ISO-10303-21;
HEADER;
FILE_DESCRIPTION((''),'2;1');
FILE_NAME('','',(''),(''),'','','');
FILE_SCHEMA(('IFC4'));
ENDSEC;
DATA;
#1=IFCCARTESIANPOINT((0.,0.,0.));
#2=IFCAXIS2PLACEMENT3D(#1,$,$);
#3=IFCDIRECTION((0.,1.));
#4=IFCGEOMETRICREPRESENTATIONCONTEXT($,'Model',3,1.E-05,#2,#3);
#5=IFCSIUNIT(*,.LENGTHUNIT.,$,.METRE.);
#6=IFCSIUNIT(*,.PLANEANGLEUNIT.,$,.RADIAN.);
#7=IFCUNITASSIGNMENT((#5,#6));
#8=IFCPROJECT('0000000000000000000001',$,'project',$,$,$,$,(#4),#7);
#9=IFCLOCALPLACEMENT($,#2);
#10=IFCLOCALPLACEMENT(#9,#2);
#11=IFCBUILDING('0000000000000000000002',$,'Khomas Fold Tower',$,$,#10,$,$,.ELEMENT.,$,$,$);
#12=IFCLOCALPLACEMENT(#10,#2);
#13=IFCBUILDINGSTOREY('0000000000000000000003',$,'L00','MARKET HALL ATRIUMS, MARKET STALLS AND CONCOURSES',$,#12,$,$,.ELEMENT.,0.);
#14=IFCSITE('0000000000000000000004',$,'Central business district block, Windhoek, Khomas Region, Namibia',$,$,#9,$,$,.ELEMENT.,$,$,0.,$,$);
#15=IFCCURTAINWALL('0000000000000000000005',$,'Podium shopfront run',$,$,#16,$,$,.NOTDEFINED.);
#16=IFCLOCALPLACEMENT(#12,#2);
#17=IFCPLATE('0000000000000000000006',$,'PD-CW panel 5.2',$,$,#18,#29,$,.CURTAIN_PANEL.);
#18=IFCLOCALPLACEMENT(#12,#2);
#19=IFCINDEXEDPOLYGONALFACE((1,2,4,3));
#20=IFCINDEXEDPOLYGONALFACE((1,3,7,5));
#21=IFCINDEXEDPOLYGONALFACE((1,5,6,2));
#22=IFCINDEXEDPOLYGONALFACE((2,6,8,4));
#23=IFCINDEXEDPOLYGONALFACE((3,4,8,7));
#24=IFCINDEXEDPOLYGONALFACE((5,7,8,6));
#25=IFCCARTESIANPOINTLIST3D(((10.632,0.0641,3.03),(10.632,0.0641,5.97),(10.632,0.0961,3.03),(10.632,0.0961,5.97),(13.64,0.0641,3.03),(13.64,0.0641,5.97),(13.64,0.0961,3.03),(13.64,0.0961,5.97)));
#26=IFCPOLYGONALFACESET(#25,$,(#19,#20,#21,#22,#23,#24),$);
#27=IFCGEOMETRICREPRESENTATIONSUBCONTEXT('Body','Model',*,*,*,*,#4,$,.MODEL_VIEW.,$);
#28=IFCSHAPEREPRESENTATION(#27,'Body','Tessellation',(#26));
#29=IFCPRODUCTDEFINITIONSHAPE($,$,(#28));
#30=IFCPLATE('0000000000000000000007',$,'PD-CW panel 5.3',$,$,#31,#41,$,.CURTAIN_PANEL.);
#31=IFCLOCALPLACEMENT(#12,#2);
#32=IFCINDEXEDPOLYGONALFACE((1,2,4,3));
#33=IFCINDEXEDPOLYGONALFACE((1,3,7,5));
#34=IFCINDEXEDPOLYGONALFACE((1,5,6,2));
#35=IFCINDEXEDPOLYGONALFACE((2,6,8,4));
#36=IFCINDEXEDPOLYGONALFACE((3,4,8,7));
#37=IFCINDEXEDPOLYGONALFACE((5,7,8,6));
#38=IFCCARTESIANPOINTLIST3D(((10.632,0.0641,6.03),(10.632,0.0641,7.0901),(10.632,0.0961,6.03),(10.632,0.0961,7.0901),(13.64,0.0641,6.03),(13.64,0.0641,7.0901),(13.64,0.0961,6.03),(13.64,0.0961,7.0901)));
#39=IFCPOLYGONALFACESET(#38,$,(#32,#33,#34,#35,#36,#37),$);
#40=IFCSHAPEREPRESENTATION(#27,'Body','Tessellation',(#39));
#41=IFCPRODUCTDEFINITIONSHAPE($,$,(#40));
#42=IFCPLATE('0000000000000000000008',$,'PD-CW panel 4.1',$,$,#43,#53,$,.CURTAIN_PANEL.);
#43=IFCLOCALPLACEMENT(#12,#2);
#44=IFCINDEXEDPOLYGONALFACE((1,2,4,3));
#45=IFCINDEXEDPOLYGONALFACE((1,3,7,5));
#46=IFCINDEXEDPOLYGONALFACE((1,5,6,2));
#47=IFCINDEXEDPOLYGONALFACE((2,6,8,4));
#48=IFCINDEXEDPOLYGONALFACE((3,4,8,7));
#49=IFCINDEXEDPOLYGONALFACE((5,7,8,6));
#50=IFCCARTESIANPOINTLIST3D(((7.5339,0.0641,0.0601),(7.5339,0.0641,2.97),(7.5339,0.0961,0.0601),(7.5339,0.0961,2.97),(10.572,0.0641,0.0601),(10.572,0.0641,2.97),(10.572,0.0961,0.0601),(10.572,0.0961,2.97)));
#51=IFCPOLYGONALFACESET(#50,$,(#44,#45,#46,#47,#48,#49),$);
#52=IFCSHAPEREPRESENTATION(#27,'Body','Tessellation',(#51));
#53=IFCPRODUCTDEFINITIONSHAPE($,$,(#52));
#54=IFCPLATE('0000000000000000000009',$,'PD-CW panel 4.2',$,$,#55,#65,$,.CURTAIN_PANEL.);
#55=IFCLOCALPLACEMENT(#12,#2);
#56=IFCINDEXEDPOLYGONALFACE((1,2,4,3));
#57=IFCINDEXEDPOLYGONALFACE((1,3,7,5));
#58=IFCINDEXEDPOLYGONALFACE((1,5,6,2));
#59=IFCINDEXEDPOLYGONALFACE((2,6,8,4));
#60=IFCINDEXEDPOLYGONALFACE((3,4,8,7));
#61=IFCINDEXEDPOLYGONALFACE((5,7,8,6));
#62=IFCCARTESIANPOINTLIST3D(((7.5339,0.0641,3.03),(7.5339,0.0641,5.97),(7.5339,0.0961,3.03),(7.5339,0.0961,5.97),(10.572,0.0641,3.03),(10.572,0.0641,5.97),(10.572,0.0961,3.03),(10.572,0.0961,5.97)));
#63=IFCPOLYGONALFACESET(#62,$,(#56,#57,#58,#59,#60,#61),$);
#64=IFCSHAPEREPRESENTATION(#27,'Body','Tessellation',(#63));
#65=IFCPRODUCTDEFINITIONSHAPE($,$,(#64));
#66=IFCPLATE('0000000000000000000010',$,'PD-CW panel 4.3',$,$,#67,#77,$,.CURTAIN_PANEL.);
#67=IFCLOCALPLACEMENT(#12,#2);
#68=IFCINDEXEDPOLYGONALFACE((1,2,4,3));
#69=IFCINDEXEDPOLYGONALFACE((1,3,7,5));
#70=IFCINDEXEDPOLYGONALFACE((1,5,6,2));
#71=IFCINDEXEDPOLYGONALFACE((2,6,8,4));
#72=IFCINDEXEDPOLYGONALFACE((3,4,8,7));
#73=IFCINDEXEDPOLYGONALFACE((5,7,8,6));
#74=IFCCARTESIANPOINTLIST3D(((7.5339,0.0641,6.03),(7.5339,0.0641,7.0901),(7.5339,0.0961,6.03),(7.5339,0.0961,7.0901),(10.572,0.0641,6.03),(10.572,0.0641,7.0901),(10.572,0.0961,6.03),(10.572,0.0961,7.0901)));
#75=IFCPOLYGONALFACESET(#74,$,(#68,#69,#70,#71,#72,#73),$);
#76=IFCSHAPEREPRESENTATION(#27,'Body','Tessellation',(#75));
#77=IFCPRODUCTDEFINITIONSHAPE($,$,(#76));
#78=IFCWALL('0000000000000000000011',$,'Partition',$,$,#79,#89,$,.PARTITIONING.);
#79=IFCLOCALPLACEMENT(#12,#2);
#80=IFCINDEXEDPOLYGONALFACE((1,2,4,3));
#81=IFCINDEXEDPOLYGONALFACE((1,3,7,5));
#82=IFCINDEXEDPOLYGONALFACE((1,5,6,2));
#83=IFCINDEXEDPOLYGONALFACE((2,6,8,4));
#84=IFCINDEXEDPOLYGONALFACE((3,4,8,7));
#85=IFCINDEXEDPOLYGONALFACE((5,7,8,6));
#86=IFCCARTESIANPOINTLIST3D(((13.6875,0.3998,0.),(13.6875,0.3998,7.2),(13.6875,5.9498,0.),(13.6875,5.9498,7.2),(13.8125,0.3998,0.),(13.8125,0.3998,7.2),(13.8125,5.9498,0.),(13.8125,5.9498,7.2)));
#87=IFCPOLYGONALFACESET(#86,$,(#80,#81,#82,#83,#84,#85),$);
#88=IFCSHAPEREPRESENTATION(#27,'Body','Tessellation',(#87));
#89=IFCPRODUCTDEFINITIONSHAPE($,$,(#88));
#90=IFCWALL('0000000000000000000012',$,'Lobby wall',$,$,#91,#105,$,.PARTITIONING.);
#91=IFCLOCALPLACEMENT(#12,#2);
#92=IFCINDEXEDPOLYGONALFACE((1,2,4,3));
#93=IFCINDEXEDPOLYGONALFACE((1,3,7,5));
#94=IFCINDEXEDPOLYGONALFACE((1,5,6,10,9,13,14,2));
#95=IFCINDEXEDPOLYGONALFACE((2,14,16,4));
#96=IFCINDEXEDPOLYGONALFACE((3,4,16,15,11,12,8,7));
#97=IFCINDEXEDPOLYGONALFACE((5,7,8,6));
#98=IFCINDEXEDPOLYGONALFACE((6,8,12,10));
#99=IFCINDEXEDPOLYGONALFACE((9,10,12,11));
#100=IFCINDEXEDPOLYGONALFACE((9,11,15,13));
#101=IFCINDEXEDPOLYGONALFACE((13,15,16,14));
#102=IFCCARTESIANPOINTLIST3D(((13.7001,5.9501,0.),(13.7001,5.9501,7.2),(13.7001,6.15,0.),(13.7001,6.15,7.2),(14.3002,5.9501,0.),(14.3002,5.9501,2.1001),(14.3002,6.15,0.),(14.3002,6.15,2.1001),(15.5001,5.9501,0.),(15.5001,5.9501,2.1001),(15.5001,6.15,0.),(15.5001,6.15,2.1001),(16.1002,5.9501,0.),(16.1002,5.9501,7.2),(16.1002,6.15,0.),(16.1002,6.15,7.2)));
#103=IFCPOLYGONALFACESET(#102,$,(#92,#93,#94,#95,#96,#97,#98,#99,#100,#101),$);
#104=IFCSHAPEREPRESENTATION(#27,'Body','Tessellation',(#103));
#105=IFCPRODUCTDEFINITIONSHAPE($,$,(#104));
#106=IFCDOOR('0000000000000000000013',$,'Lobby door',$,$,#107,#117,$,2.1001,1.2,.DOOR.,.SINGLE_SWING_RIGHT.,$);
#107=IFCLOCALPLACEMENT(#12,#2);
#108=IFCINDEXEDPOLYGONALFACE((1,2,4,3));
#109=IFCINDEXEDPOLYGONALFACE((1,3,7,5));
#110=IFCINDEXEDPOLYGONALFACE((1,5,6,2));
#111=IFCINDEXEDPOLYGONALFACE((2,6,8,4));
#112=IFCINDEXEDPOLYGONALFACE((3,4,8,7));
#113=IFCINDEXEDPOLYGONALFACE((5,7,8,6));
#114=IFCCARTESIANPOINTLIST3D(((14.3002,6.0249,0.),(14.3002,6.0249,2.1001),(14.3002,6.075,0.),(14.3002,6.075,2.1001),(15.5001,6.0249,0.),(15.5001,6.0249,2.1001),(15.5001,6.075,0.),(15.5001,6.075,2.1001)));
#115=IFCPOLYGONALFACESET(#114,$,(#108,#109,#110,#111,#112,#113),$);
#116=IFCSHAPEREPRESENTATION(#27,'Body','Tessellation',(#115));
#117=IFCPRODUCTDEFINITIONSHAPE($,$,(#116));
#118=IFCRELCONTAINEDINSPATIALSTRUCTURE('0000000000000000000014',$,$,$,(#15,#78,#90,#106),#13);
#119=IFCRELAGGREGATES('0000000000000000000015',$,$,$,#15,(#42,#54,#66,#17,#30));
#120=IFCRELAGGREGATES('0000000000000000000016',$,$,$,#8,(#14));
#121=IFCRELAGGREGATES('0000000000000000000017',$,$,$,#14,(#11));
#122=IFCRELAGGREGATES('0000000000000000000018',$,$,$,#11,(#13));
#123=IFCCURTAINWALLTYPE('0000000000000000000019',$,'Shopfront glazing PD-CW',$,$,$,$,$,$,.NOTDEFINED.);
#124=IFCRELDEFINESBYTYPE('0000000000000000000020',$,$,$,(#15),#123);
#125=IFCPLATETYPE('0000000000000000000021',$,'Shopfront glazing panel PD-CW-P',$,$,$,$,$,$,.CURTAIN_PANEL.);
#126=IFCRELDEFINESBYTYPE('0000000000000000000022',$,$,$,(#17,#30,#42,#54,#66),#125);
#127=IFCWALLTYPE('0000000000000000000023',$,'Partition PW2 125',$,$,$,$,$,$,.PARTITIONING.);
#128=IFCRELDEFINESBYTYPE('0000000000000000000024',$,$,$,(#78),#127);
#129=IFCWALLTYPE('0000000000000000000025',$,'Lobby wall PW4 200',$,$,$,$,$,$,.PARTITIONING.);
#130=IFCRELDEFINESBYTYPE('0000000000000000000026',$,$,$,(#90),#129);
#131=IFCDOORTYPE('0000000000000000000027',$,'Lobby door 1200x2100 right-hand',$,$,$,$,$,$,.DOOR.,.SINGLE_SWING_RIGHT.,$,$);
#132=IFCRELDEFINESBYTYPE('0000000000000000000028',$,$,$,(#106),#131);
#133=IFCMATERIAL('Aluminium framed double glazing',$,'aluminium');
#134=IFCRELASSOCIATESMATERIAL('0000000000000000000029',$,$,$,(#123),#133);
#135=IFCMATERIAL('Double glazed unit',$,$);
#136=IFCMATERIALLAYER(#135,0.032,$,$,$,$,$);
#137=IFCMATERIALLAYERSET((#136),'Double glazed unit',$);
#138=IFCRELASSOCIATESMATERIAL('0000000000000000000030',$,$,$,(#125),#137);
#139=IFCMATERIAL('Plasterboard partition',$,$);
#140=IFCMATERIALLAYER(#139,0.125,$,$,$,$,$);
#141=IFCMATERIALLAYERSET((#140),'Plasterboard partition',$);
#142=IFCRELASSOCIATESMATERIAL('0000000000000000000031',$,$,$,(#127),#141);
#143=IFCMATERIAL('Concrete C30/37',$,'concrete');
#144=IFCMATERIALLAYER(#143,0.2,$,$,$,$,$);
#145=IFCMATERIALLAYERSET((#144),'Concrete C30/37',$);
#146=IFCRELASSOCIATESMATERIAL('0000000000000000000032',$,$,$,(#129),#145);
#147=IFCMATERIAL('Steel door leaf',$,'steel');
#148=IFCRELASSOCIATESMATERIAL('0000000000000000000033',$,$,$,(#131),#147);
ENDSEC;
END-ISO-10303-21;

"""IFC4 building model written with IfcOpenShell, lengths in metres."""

from ifc_helpers import new_model, si_unit, direction, frame, frame_2d, origin, origin_2d, place, context, subcontext, project, spatial, rectangle, extrude, source, transform, mapped, material, layer, layer_set, type_object, element, fill, aggregate, save


model = new_model("IFC4")

# Units and contexts
model_context = context("Model", 3, precision=1e-05, world=origin(), true_north=direction((0.0, 1.0)))
body_context = subcontext(model_context, "Body", "Model", "MODEL_VIEW")
ifc_project = project(units=[si_unit("LENGTHUNIT", "METRE"), si_unit("PLANEANGLEUNIT", "RADIAN")], contexts=[model_context])

# Site, building, storey
site_placement = place(None, origin())
site = spatial("IfcSite", under=ifc_project, at=site_placement, Name="Central business district block, Windhoek, Khomas Region, Namibia", CompositionType="ELEMENT", RefElevation=0.0)
building_placement = place(site_placement, origin())
building = spatial("IfcBuilding", under=site, at=building_placement, Name="Khomas Fold Tower", CompositionType="ELEMENT")
storey_placement = place(building_placement, origin())
storey = spatial("IfcBuildingStorey", under=building, at=storey_placement, Name="L00", Description="MARKET HALL ATRIUMS, MARKET STALLS AND CONCOURSES", CompositionType="ELEMENT", Elevation=0.0)

# Curtain wall
ifc_material_1 = material(Name="Aluminium framed double glazing", Category="aluminium")
curtain_wall_type = type_object("IfcCurtainWallType", Name="Shopfront glazing PD-CW", PredefinedType="NOTDEFINED", material=ifc_material_1)
curtain_wall_1_placement = place(storey_placement, origin())
curtain_wall_1 = element("IfcCurtainWall", 1, at=curtain_wall_1_placement, inside=storey, type_object=curtain_wall_type, Name="Podium shopfront run", PredefinedType="NOTDEFINED")

# Plates
ifc_material_2 = material(Name="Double glazed unit")
ifc_layer_1 = layer(ifc_material_2, 0.032)
ifc_layer_set_1 = layer_set([ifc_layer_1], Name="Double glazed unit")
plate_type = type_object("IfcPlateType", Name="Shopfront glazing panel PD-CW-P", PredefinedType="CURTAIN_PANEL", material=ifc_layer_set_1)
shared_shape_1 = source(origin(), body_context, "Body", "SweptSolid", [
    extrude(rectangle(XDim=3.0081, YDim=0.032, at=origin_2d()), origin(), (0.0, 0.0, 1.0), 2.9399),
])
plate_1_placement = place(storey_placement, frame((12.136, 0.0801, 3.03), z_axis=(0.0, 0.0, 1.0), x_axis=(1.0, 0.0, 0.0)))
plate_1 = element("IfcPlate", 2, at=plate_1_placement, type_object=plate_type, Name="PD-CW panel 5.2", PredefinedType="CURTAIN_PANEL", context=body_context, shape_type="MappedRepresentation", body=[
    mapped(shared_shape_1, transform((0.0, 0.0, 0.0))),
])
shared_shape_2 = source(origin(), body_context, "Body", "SweptSolid", [
    extrude(rectangle(XDim=3.0081, YDim=0.032, at=origin_2d()), origin(), (0.0, 0.0, 1.0), 1.0601),
])
plate_2_placement = place(storey_placement, frame((12.136, 0.0801, 6.03), z_axis=(0.0, 0.0, 1.0), x_axis=(1.0, 0.0, 0.0)))
plate_2 = element("IfcPlate", 3, at=plate_2_placement, type_object=plate_type, Name="PD-CW panel 5.3", PredefinedType="CURTAIN_PANEL", context=body_context, shape_type="MappedRepresentation", body=[
    mapped(shared_shape_2, transform((0.0, 0.0, 0.0))),
])
shared_shape_3 = source(origin(), body_context, "Body", "SweptSolid", [
    extrude(rectangle(XDim=3.0381, YDim=0.032, at=origin_2d()), origin(), (0.0, 0.0, 1.0), 2.9099),
])
plate_3_placement = place(storey_placement, frame((9.053, 0.0801, 0.0601), z_axis=(0.0, 0.0, 1.0), x_axis=(1.0, 0.0, 0.0)))
plate_3 = element("IfcPlate", 4, at=plate_3_placement, type_object=plate_type, Name="PD-CW panel 4.1", PredefinedType="CURTAIN_PANEL", context=body_context, shape_type="MappedRepresentation", body=[
    mapped(shared_shape_3, transform((0.0, 0.0, 0.0))),
])
shared_shape_4 = source(origin(), body_context, "Body", "SweptSolid", [
    extrude(rectangle(XDim=3.0381, YDim=0.032, at=origin_2d()), origin(), (0.0, 0.0, 1.0), 2.9399),
])
plate_4_placement = place(storey_placement, frame((9.053, 0.0801, 3.03), z_axis=(0.0, 0.0, 1.0), x_axis=(1.0, 0.0, 0.0)))
plate_4 = element("IfcPlate", 5, at=plate_4_placement, type_object=plate_type, Name="PD-CW panel 4.2", PredefinedType="CURTAIN_PANEL", context=body_context, shape_type="MappedRepresentation", body=[
    mapped(shared_shape_4, transform((0.0, 0.0, 0.0))),
])
shared_shape_5 = source(origin(), body_context, "Body", "SweptSolid", [
    extrude(rectangle(XDim=3.0381, YDim=0.032, at=origin_2d()), origin(), (0.0, 0.0, 1.0), 1.0601),
])
plate_5_placement = place(storey_placement, frame((9.053, 0.0801, 6.03), z_axis=(0.0, 0.0, 1.0), x_axis=(1.0, 0.0, 0.0)))
plate_5 = element("IfcPlate", 6, at=plate_5_placement, type_object=plate_type, Name="PD-CW panel 4.3", PredefinedType="CURTAIN_PANEL", context=body_context, shape_type="MappedRepresentation", body=[
    mapped(shared_shape_5, transform((0.0, 0.0, 0.0))),
])
aggregate(curtain_wall_1, [plate_3, plate_4, plate_5, plate_1, plate_2])

# Wall
ifc_material_3 = material(Name="Plasterboard partition")
ifc_layer_2 = layer(ifc_material_3, 0.125)
ifc_layer_set_2 = layer_set([ifc_layer_2], Name="Plasterboard partition")
wall_type_1 = type_object("IfcWallType", Name="Partition PW2 125", PredefinedType="PARTITIONING", material=ifc_layer_set_2)
shared_shape_6 = source(origin(), body_context, "Body", "SweptSolid", [
    extrude(rectangle(XDim=5.55, YDim=0.125, at=frame_2d((2.7749, 0.0))), origin(), (0.0, 0.0, 1.0), 7.2),
])
wall_1_placement = place(storey_placement, frame((13.75, 0.3999, 0.0), z_axis=(0.0, 0.0, 1.0), x_axis=(0.0, 1.0, 0.0)))
element("IfcWall", 7, at=wall_1_placement, inside=storey, type_object=wall_type_1, Name="Partition", PredefinedType="PARTITIONING", context=body_context, shape_type="MappedRepresentation", body=[
    mapped(shared_shape_6, transform((0.0, 0.0, 0.0))),
])

# Wall, opening, door
ifc_material_4 = material(Name="Concrete C30/37", Category="concrete")
ifc_layer_3 = layer(ifc_material_4, 0.2)
ifc_layer_set_3 = layer_set([ifc_layer_3], Name="Concrete C30/37")
wall_type_2 = type_object("IfcWallType", Name="Lobby wall PW4 200", PredefinedType="PARTITIONING", material=ifc_layer_set_3)
shared_shape_7 = source(origin(), body_context, "Body", "SweptSolid", [
    extrude(rectangle(XDim=2.4001, YDim=0.2, at=frame_2d((1.2002, 0.0))), origin(), (0.0, 0.0, 1.0), 7.2),
])
wall_2_placement = place(storey_placement, frame((13.7, 6.05, 0.0), z_axis=(0.0, 0.0, 1.0), x_axis=(1.0, 0.0, 0.0)))
wall_2 = element("IfcWall", 8, at=wall_2_placement, inside=storey, type_object=wall_type_2, Name="Lobby wall", PredefinedType="PARTITIONING", context=body_context, shape_type="MappedRepresentation", body=[
    mapped(shared_shape_7, transform((0.0, 0.0, 0.0))),
])
shared_shape_8 = source(origin(), body_context, "Body", "SweptSolid", [
    extrude(rectangle(XDim=1.2, YDim=2.1001, at=frame_2d((0.6001, 1.05))), frame((0.0, 0.1099, 0.0), z_axis=(0.0, -1.0, 0.0), x_axis=(1.0, 0.0, 0.0)), (0.0, 0.0, 1.0), 0.22),
])
opening_1_placement = place(wall_2_placement, frame((0.6001, 0.0, 0.0)))
opening_1 = element("IfcOpeningElement", 9, at=opening_1_placement, cuts=wall_2, PredefinedType="OPENING", context=body_context, shape_type="MappedRepresentation", body=[
    mapped(shared_shape_8, transform((0.0, 0.0, 0.0))),
])
ifc_material_5 = material(Name="Steel door leaf", Category="steel")
door_type_1 = type_object("IfcDoorType", Name="Lobby door 1200x2100 right-hand", OperationType="SINGLE_SWING_RIGHT", PredefinedType="DOOR", material=ifc_material_5)
shared_shape_9 = source(origin(), body_context, "Body", "SweptSolid", [
    extrude(rectangle(XDim=1.2, YDim=2.1001, at=frame_2d((0.6001, 1.05))), frame((0.0, 0.0249, 0.0), z_axis=(0.0, -1.0, 0.0), x_axis=(1.0, 0.0, 0.0)), (0.0, 0.0, 1.0), 0.05),
])
door_1_placement = place(opening_1_placement, origin())
door_1 = element("IfcDoor", 10, at=door_1_placement, inside=storey, type_object=door_type_1, Name="Lobby door", OperationType="SINGLE_SWING_RIGHT", OverallHeight=2.1001, OverallWidth=1.2, PredefinedType="DOOR", context=body_context, shape_type="MappedRepresentation", body=[
    mapped(shared_shape_9, transform((0.0, 0.0, 0.0))),
])
fill(opening_1, door_1)

save(model, "model.ifc")
